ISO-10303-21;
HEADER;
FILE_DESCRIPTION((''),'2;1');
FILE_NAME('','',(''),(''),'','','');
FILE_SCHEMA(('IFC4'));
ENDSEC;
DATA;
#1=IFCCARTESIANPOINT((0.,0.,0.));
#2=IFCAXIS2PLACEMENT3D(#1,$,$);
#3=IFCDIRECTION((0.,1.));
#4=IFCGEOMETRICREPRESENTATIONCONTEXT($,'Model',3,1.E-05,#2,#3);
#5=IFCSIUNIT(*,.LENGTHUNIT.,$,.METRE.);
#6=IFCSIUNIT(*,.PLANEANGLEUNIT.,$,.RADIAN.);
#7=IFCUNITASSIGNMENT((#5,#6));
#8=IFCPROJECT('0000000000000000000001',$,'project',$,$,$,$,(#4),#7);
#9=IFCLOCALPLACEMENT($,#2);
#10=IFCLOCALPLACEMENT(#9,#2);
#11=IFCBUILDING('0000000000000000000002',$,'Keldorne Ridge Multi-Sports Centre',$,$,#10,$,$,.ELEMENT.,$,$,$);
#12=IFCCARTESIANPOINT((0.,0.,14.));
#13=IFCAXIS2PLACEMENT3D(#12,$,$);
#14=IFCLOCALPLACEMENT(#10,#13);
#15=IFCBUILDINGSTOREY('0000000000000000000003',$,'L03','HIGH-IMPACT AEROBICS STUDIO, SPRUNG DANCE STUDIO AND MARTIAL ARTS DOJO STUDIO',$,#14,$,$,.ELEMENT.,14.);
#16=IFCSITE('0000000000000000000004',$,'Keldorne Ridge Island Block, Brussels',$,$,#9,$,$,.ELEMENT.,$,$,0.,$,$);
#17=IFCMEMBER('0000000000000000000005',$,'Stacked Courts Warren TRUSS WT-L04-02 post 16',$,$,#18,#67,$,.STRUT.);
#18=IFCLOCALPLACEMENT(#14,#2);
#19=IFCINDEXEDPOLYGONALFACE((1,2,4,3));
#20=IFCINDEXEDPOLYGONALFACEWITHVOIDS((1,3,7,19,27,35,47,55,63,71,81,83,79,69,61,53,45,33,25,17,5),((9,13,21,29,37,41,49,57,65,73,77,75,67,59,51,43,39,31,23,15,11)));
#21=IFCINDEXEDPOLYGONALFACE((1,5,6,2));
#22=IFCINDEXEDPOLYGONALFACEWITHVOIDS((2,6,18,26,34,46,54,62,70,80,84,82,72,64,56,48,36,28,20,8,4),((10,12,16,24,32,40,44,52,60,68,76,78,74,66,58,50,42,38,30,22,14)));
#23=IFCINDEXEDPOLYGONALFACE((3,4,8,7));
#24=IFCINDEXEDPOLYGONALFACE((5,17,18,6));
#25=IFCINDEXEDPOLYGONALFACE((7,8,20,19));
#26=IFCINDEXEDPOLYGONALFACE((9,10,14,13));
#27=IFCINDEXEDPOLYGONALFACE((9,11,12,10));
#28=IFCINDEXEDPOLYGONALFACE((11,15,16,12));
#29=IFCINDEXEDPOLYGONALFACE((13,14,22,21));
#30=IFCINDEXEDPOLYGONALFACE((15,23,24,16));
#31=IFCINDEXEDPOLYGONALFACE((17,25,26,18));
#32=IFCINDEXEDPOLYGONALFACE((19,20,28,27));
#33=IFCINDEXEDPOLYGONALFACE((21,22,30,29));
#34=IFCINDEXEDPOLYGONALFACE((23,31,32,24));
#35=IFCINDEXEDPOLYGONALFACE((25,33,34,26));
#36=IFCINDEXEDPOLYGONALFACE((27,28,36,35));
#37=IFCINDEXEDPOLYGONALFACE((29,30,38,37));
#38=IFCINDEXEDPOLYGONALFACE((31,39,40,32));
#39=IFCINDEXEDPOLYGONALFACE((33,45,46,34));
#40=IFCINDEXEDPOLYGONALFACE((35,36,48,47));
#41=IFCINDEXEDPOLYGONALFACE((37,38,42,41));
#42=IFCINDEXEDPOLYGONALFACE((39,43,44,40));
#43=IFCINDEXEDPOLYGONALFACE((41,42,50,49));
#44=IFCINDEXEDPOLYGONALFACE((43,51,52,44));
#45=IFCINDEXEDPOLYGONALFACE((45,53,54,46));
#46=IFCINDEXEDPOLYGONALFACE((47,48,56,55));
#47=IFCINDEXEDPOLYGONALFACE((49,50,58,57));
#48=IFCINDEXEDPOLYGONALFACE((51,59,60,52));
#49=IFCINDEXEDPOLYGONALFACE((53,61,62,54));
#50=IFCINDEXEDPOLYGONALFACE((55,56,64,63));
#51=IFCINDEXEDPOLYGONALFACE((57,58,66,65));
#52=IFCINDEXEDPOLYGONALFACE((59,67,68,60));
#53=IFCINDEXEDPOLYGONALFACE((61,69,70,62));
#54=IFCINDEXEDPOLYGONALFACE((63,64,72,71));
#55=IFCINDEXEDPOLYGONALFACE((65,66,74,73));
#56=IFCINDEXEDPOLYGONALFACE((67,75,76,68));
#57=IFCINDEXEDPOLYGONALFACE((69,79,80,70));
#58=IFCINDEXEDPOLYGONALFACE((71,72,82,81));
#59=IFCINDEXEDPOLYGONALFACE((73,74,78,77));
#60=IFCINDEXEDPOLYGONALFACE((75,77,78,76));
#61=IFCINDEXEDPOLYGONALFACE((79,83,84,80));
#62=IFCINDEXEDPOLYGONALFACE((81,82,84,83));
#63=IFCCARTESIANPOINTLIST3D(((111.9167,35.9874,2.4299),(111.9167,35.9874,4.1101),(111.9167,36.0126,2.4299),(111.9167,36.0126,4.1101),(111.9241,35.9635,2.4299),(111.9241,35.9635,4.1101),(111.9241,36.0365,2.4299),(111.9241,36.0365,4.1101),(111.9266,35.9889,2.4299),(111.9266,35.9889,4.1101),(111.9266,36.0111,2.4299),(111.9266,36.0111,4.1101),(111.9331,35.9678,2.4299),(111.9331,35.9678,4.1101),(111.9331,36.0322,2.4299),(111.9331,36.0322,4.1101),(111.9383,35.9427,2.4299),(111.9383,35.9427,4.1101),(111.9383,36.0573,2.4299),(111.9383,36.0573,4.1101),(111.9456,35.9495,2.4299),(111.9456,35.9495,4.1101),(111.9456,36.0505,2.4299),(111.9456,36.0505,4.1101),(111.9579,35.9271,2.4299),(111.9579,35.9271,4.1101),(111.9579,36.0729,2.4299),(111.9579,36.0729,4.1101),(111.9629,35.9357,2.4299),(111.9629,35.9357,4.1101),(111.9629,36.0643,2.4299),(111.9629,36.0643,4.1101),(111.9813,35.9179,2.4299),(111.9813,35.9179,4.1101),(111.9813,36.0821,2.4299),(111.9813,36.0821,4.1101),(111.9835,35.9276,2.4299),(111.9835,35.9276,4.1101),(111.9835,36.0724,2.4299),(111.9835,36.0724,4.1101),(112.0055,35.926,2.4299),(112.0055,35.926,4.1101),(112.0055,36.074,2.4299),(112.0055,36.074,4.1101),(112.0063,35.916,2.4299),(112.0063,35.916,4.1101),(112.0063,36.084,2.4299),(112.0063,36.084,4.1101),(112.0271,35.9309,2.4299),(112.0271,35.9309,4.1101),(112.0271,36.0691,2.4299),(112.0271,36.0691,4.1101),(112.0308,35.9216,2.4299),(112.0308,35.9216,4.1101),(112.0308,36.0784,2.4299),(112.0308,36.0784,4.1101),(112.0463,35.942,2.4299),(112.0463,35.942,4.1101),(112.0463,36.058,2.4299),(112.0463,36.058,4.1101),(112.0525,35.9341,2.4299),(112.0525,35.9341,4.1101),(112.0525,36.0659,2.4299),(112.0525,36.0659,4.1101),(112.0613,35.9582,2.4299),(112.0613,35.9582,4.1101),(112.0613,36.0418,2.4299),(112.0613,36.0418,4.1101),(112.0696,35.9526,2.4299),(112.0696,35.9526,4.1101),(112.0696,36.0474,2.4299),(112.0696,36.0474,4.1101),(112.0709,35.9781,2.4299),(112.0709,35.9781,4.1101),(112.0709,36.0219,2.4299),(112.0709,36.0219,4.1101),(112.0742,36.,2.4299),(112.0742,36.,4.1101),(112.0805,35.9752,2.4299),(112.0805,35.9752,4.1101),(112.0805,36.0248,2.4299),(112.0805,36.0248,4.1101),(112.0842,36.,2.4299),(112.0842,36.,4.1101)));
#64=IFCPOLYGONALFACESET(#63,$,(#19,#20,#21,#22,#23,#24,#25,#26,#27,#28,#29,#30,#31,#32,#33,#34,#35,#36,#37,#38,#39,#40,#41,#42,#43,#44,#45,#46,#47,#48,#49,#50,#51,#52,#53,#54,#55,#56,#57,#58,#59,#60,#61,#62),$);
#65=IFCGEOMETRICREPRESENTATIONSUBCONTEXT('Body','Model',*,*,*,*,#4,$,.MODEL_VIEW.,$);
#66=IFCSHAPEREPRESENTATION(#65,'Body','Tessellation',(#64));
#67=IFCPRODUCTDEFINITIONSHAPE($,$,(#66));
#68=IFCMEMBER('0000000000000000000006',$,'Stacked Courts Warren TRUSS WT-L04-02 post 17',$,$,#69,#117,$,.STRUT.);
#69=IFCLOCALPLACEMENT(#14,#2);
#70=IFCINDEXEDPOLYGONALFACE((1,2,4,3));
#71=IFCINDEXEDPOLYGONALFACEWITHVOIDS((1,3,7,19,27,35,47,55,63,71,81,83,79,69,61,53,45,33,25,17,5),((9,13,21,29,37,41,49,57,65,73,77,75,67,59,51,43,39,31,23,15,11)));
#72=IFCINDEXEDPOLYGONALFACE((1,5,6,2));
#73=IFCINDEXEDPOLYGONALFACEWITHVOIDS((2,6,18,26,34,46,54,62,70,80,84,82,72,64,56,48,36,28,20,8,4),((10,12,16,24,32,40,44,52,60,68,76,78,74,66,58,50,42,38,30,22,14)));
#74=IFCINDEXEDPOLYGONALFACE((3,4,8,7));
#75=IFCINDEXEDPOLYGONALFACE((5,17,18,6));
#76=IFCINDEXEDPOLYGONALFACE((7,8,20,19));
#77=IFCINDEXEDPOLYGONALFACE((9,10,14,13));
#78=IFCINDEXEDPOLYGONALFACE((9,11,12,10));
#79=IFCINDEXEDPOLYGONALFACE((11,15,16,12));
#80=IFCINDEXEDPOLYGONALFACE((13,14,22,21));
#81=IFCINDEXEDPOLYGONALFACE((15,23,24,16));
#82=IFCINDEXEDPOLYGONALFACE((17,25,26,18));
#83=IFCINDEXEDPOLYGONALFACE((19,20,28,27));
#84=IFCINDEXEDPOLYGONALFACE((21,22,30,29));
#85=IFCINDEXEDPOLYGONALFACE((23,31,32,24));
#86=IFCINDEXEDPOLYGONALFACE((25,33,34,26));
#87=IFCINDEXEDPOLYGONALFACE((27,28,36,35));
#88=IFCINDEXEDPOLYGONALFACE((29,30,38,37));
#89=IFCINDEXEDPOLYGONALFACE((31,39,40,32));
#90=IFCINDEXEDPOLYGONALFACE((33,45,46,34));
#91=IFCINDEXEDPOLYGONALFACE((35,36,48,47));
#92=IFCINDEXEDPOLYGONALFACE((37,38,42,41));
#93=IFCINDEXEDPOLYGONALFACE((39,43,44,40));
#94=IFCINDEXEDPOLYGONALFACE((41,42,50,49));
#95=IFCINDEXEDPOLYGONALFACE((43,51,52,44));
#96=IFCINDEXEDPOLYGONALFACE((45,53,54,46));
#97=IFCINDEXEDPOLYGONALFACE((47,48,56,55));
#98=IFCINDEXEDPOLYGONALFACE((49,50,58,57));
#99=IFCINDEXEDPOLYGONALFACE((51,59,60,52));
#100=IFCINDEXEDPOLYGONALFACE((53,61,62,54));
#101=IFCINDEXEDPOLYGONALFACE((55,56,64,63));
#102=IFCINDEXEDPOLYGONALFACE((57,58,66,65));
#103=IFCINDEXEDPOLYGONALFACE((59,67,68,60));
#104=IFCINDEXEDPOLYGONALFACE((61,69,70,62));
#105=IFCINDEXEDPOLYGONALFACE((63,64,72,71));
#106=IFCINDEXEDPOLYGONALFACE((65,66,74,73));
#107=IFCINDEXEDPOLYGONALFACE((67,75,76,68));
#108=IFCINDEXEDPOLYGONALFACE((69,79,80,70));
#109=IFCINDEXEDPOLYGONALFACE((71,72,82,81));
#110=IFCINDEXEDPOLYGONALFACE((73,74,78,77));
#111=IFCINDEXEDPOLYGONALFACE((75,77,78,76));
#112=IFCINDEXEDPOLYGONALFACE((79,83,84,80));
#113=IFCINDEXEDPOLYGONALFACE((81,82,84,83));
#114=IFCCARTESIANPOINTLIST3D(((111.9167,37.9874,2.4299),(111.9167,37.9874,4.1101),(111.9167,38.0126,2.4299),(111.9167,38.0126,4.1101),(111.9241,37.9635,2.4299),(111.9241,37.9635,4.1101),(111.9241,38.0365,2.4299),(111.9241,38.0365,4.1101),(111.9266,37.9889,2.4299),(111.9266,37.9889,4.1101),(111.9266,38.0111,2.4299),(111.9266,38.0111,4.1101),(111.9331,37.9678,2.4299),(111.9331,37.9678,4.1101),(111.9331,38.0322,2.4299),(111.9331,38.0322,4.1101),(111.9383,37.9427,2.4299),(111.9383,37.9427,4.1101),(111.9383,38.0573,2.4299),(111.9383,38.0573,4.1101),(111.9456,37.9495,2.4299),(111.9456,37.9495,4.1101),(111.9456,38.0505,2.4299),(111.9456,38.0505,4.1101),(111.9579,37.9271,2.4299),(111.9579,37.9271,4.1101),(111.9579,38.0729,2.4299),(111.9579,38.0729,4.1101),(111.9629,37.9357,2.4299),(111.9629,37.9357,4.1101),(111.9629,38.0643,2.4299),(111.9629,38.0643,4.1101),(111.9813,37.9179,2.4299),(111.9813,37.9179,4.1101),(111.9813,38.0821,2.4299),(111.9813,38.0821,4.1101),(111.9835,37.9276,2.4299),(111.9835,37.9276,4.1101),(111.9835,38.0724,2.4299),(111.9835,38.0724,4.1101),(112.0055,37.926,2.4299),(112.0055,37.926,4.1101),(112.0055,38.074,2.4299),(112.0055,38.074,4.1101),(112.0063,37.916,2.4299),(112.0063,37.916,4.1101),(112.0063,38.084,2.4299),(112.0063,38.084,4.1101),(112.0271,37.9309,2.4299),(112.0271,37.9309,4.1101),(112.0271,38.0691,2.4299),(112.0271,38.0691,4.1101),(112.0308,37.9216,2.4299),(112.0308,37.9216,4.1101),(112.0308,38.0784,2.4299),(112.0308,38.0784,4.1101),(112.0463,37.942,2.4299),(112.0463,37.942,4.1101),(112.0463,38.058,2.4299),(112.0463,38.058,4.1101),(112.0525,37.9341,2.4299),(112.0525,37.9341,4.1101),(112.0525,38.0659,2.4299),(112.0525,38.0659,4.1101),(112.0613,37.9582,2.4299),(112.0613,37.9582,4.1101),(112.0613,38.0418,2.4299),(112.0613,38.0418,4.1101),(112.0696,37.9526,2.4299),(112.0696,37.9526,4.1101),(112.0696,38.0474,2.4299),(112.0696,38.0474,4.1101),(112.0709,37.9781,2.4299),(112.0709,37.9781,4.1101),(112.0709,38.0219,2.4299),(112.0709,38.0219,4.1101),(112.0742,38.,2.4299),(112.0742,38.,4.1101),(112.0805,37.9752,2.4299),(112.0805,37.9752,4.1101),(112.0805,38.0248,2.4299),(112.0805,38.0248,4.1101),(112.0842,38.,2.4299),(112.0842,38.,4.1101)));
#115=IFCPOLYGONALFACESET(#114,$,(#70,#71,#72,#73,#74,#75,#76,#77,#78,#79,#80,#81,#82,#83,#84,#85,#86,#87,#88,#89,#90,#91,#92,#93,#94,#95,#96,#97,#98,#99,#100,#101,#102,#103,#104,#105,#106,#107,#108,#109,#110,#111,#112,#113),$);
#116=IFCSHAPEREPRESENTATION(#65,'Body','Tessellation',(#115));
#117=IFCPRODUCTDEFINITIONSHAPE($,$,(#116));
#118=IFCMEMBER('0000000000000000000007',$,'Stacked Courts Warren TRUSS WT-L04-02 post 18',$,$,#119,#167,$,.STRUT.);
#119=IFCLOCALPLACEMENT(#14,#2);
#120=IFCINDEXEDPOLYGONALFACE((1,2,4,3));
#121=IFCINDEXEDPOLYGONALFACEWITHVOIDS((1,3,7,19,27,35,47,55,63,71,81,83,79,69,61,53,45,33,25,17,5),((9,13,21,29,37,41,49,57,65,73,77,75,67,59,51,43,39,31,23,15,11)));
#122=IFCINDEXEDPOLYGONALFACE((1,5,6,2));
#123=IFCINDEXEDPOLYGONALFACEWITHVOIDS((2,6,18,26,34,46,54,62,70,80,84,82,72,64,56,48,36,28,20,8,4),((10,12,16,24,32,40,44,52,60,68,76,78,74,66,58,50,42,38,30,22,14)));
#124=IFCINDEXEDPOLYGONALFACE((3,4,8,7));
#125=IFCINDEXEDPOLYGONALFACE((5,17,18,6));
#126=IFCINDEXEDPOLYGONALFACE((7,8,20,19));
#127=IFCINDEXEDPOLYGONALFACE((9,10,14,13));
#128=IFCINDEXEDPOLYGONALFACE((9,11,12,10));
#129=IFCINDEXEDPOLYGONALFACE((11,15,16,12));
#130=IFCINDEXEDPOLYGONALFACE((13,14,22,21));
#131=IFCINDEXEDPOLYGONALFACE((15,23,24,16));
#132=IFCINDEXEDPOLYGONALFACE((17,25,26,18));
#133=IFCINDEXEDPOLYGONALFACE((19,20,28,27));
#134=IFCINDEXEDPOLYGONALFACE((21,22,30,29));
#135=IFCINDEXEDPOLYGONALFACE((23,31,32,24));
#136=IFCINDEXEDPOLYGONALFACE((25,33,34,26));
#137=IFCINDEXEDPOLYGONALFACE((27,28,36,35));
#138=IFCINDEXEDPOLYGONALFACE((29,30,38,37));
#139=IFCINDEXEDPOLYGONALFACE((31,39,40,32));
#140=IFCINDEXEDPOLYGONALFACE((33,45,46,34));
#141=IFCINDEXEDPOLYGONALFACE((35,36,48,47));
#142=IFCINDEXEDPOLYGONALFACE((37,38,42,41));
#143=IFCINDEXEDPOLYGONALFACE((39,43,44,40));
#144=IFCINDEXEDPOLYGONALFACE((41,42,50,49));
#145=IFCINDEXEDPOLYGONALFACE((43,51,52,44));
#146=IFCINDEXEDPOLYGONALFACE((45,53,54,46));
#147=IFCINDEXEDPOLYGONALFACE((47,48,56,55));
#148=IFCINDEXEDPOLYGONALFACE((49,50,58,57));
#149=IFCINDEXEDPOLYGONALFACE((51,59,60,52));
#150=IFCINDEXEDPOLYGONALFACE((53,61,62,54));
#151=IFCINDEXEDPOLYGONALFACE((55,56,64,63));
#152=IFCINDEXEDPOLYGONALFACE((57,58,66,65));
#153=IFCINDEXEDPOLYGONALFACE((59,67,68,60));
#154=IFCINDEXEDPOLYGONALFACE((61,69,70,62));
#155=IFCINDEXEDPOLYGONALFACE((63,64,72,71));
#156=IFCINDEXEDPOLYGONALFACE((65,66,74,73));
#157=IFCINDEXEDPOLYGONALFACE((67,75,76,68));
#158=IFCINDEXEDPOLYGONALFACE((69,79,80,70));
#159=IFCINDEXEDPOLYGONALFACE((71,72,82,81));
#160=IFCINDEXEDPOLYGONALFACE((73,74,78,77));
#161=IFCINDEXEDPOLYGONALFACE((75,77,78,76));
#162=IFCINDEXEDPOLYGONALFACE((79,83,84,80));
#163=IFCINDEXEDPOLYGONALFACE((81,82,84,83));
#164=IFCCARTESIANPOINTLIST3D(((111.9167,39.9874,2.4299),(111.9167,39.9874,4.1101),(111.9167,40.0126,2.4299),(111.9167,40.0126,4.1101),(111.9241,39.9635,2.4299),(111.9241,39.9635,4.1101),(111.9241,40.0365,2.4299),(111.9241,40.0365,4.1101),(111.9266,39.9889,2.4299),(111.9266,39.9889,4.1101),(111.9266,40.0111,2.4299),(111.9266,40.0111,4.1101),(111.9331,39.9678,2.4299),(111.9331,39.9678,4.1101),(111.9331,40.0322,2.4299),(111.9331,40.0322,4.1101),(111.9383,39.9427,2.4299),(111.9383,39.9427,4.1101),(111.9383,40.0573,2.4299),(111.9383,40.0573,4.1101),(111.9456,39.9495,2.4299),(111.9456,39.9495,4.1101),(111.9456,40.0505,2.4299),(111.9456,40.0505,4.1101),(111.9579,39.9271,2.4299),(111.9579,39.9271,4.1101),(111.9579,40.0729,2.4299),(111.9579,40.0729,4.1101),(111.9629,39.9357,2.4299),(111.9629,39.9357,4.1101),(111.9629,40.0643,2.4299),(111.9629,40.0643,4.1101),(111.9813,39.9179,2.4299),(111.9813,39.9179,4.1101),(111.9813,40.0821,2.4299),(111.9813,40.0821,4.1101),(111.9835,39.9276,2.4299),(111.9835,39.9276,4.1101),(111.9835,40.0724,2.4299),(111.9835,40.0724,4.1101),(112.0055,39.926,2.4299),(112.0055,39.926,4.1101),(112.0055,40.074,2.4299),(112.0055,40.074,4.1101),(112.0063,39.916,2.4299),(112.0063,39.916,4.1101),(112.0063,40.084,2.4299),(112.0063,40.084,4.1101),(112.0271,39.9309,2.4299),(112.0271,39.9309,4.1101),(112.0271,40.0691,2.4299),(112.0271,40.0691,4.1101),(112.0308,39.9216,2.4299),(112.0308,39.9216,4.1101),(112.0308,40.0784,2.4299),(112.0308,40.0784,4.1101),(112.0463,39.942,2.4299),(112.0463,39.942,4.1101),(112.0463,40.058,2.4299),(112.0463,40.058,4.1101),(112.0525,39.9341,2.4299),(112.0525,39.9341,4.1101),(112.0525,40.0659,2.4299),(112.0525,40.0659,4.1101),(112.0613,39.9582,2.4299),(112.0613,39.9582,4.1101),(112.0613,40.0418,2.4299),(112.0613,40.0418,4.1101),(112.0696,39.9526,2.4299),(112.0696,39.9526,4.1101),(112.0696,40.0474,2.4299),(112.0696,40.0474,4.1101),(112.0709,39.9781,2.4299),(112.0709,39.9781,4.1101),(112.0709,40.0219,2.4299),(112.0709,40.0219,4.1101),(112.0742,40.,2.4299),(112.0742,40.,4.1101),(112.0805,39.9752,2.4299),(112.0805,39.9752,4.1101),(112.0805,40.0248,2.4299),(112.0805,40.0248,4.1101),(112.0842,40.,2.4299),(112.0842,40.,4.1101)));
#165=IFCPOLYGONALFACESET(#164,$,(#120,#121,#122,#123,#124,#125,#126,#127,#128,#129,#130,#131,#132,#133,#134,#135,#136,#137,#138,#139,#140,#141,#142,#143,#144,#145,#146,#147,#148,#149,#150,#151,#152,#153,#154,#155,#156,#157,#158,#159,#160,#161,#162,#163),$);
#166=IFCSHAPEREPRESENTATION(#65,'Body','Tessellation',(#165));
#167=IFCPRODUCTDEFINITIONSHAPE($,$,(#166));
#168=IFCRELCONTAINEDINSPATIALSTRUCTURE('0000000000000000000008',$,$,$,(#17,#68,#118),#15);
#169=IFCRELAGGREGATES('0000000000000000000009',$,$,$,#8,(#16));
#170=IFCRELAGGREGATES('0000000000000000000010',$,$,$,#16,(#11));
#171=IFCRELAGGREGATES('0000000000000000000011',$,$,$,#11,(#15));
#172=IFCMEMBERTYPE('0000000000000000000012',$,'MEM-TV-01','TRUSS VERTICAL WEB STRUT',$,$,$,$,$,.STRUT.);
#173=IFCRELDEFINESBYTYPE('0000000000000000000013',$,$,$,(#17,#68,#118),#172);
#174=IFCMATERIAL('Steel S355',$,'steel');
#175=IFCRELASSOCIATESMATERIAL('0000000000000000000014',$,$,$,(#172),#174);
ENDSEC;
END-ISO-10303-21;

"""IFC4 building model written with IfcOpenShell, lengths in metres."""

from ifc_helpers import new_model, si_unit, direction, frame, origin, origin_2d, place, context, subcontext, project, spatial, hollow_circle, extrude, material, material_profile, profile_set, type_object, element, save


model = new_model("IFC4")

# Units and contexts
model_context = context("Model", 3, precision=1e-05, world=origin(), true_north=direction((0.0, 1.0)))
body_context = subcontext(model_context, "Body", "Model", "MODEL_VIEW")
ifc_project = project(units=[si_unit("LENGTHUNIT", "METRE"), si_unit("PLANEANGLEUNIT", "RADIAN")], contexts=[model_context])

# Site, building, storey
site_placement = place(None, origin())
site = spatial("IfcSite", under=ifc_project, at=site_placement, Name="Keldorne Ridge Island Block, Brussels", CompositionType="ELEMENT", RefElevation=0.0)
building_placement = place(site_placement, origin())
building = spatial("IfcBuilding", under=site, at=building_placement, Name="Keldorne Ridge Multi-Sports Centre", CompositionType="ELEMENT")
storey_placement = place(building_placement, frame((0.0, 0.0, 14.0)))
storey = spatial("IfcBuildingStorey", under=building, at=storey_placement, Name="L03", Description="HIGH-IMPACT AEROBICS STUDIO, SPRUNG DANCE STUDIO AND MARTIAL ARTS DOJO STUDIO", CompositionType="ELEMENT", Elevation=14.0)

# Shared definitions
ifc_material_1 = material(Name="Steel S355", Category="steel")

# Members
ifc_material_profile_1 = material_profile(ifc_material_1, hollow_circle(Radius=0.0842, WallThickness=0.01, at=origin_2d()), Name="CHS 168.3x10")
ifc_profile_set_1 = profile_set([ifc_material_profile_1], Name="Steel S355")
member_type_1 = type_object("IfcMemberType", Name="MEM-TV-01", Description="TRUSS VERTICAL WEB STRUT", PredefinedType="STRUT", material=ifc_profile_set_1)
for number, where, z_axis, x_axis, name in (
    (1, (112.0, 36.0, 2.4299), (0.0, 0.0, 1.0), (1.0, 0.0, 0.0), "Stacked Courts Warren TRUSS WT-L04-02 post 16"),
    (2, (112.0, 38.0, 2.4299), (0.0, 0.0, 1.0), (1.0, 0.0, 0.0), "Stacked Courts Warren TRUSS WT-L04-02 post 17"),
    (3, (112.0, 40.0, 2.4299), (0.0, 0.0, 1.0), (1.0, 0.0, 0.0), "Stacked Courts Warren TRUSS WT-L04-02 post 18"),
):
    element("IfcMember", number, at=place(storey_placement, frame(where, z_axis=z_axis, x_axis=x_axis)), inside=storey, type_object=member_type_1, Name=name, PredefinedType="STRUT", context=body_context, shape_type="SweptSolid", body=[
        extrude(hollow_circle(Radius=0.0842, WallThickness=0.01, at=origin_2d()), origin(), (0.0, 0.0, 1.0), 1.6802),
    ])

save(model, "model.ifc")
